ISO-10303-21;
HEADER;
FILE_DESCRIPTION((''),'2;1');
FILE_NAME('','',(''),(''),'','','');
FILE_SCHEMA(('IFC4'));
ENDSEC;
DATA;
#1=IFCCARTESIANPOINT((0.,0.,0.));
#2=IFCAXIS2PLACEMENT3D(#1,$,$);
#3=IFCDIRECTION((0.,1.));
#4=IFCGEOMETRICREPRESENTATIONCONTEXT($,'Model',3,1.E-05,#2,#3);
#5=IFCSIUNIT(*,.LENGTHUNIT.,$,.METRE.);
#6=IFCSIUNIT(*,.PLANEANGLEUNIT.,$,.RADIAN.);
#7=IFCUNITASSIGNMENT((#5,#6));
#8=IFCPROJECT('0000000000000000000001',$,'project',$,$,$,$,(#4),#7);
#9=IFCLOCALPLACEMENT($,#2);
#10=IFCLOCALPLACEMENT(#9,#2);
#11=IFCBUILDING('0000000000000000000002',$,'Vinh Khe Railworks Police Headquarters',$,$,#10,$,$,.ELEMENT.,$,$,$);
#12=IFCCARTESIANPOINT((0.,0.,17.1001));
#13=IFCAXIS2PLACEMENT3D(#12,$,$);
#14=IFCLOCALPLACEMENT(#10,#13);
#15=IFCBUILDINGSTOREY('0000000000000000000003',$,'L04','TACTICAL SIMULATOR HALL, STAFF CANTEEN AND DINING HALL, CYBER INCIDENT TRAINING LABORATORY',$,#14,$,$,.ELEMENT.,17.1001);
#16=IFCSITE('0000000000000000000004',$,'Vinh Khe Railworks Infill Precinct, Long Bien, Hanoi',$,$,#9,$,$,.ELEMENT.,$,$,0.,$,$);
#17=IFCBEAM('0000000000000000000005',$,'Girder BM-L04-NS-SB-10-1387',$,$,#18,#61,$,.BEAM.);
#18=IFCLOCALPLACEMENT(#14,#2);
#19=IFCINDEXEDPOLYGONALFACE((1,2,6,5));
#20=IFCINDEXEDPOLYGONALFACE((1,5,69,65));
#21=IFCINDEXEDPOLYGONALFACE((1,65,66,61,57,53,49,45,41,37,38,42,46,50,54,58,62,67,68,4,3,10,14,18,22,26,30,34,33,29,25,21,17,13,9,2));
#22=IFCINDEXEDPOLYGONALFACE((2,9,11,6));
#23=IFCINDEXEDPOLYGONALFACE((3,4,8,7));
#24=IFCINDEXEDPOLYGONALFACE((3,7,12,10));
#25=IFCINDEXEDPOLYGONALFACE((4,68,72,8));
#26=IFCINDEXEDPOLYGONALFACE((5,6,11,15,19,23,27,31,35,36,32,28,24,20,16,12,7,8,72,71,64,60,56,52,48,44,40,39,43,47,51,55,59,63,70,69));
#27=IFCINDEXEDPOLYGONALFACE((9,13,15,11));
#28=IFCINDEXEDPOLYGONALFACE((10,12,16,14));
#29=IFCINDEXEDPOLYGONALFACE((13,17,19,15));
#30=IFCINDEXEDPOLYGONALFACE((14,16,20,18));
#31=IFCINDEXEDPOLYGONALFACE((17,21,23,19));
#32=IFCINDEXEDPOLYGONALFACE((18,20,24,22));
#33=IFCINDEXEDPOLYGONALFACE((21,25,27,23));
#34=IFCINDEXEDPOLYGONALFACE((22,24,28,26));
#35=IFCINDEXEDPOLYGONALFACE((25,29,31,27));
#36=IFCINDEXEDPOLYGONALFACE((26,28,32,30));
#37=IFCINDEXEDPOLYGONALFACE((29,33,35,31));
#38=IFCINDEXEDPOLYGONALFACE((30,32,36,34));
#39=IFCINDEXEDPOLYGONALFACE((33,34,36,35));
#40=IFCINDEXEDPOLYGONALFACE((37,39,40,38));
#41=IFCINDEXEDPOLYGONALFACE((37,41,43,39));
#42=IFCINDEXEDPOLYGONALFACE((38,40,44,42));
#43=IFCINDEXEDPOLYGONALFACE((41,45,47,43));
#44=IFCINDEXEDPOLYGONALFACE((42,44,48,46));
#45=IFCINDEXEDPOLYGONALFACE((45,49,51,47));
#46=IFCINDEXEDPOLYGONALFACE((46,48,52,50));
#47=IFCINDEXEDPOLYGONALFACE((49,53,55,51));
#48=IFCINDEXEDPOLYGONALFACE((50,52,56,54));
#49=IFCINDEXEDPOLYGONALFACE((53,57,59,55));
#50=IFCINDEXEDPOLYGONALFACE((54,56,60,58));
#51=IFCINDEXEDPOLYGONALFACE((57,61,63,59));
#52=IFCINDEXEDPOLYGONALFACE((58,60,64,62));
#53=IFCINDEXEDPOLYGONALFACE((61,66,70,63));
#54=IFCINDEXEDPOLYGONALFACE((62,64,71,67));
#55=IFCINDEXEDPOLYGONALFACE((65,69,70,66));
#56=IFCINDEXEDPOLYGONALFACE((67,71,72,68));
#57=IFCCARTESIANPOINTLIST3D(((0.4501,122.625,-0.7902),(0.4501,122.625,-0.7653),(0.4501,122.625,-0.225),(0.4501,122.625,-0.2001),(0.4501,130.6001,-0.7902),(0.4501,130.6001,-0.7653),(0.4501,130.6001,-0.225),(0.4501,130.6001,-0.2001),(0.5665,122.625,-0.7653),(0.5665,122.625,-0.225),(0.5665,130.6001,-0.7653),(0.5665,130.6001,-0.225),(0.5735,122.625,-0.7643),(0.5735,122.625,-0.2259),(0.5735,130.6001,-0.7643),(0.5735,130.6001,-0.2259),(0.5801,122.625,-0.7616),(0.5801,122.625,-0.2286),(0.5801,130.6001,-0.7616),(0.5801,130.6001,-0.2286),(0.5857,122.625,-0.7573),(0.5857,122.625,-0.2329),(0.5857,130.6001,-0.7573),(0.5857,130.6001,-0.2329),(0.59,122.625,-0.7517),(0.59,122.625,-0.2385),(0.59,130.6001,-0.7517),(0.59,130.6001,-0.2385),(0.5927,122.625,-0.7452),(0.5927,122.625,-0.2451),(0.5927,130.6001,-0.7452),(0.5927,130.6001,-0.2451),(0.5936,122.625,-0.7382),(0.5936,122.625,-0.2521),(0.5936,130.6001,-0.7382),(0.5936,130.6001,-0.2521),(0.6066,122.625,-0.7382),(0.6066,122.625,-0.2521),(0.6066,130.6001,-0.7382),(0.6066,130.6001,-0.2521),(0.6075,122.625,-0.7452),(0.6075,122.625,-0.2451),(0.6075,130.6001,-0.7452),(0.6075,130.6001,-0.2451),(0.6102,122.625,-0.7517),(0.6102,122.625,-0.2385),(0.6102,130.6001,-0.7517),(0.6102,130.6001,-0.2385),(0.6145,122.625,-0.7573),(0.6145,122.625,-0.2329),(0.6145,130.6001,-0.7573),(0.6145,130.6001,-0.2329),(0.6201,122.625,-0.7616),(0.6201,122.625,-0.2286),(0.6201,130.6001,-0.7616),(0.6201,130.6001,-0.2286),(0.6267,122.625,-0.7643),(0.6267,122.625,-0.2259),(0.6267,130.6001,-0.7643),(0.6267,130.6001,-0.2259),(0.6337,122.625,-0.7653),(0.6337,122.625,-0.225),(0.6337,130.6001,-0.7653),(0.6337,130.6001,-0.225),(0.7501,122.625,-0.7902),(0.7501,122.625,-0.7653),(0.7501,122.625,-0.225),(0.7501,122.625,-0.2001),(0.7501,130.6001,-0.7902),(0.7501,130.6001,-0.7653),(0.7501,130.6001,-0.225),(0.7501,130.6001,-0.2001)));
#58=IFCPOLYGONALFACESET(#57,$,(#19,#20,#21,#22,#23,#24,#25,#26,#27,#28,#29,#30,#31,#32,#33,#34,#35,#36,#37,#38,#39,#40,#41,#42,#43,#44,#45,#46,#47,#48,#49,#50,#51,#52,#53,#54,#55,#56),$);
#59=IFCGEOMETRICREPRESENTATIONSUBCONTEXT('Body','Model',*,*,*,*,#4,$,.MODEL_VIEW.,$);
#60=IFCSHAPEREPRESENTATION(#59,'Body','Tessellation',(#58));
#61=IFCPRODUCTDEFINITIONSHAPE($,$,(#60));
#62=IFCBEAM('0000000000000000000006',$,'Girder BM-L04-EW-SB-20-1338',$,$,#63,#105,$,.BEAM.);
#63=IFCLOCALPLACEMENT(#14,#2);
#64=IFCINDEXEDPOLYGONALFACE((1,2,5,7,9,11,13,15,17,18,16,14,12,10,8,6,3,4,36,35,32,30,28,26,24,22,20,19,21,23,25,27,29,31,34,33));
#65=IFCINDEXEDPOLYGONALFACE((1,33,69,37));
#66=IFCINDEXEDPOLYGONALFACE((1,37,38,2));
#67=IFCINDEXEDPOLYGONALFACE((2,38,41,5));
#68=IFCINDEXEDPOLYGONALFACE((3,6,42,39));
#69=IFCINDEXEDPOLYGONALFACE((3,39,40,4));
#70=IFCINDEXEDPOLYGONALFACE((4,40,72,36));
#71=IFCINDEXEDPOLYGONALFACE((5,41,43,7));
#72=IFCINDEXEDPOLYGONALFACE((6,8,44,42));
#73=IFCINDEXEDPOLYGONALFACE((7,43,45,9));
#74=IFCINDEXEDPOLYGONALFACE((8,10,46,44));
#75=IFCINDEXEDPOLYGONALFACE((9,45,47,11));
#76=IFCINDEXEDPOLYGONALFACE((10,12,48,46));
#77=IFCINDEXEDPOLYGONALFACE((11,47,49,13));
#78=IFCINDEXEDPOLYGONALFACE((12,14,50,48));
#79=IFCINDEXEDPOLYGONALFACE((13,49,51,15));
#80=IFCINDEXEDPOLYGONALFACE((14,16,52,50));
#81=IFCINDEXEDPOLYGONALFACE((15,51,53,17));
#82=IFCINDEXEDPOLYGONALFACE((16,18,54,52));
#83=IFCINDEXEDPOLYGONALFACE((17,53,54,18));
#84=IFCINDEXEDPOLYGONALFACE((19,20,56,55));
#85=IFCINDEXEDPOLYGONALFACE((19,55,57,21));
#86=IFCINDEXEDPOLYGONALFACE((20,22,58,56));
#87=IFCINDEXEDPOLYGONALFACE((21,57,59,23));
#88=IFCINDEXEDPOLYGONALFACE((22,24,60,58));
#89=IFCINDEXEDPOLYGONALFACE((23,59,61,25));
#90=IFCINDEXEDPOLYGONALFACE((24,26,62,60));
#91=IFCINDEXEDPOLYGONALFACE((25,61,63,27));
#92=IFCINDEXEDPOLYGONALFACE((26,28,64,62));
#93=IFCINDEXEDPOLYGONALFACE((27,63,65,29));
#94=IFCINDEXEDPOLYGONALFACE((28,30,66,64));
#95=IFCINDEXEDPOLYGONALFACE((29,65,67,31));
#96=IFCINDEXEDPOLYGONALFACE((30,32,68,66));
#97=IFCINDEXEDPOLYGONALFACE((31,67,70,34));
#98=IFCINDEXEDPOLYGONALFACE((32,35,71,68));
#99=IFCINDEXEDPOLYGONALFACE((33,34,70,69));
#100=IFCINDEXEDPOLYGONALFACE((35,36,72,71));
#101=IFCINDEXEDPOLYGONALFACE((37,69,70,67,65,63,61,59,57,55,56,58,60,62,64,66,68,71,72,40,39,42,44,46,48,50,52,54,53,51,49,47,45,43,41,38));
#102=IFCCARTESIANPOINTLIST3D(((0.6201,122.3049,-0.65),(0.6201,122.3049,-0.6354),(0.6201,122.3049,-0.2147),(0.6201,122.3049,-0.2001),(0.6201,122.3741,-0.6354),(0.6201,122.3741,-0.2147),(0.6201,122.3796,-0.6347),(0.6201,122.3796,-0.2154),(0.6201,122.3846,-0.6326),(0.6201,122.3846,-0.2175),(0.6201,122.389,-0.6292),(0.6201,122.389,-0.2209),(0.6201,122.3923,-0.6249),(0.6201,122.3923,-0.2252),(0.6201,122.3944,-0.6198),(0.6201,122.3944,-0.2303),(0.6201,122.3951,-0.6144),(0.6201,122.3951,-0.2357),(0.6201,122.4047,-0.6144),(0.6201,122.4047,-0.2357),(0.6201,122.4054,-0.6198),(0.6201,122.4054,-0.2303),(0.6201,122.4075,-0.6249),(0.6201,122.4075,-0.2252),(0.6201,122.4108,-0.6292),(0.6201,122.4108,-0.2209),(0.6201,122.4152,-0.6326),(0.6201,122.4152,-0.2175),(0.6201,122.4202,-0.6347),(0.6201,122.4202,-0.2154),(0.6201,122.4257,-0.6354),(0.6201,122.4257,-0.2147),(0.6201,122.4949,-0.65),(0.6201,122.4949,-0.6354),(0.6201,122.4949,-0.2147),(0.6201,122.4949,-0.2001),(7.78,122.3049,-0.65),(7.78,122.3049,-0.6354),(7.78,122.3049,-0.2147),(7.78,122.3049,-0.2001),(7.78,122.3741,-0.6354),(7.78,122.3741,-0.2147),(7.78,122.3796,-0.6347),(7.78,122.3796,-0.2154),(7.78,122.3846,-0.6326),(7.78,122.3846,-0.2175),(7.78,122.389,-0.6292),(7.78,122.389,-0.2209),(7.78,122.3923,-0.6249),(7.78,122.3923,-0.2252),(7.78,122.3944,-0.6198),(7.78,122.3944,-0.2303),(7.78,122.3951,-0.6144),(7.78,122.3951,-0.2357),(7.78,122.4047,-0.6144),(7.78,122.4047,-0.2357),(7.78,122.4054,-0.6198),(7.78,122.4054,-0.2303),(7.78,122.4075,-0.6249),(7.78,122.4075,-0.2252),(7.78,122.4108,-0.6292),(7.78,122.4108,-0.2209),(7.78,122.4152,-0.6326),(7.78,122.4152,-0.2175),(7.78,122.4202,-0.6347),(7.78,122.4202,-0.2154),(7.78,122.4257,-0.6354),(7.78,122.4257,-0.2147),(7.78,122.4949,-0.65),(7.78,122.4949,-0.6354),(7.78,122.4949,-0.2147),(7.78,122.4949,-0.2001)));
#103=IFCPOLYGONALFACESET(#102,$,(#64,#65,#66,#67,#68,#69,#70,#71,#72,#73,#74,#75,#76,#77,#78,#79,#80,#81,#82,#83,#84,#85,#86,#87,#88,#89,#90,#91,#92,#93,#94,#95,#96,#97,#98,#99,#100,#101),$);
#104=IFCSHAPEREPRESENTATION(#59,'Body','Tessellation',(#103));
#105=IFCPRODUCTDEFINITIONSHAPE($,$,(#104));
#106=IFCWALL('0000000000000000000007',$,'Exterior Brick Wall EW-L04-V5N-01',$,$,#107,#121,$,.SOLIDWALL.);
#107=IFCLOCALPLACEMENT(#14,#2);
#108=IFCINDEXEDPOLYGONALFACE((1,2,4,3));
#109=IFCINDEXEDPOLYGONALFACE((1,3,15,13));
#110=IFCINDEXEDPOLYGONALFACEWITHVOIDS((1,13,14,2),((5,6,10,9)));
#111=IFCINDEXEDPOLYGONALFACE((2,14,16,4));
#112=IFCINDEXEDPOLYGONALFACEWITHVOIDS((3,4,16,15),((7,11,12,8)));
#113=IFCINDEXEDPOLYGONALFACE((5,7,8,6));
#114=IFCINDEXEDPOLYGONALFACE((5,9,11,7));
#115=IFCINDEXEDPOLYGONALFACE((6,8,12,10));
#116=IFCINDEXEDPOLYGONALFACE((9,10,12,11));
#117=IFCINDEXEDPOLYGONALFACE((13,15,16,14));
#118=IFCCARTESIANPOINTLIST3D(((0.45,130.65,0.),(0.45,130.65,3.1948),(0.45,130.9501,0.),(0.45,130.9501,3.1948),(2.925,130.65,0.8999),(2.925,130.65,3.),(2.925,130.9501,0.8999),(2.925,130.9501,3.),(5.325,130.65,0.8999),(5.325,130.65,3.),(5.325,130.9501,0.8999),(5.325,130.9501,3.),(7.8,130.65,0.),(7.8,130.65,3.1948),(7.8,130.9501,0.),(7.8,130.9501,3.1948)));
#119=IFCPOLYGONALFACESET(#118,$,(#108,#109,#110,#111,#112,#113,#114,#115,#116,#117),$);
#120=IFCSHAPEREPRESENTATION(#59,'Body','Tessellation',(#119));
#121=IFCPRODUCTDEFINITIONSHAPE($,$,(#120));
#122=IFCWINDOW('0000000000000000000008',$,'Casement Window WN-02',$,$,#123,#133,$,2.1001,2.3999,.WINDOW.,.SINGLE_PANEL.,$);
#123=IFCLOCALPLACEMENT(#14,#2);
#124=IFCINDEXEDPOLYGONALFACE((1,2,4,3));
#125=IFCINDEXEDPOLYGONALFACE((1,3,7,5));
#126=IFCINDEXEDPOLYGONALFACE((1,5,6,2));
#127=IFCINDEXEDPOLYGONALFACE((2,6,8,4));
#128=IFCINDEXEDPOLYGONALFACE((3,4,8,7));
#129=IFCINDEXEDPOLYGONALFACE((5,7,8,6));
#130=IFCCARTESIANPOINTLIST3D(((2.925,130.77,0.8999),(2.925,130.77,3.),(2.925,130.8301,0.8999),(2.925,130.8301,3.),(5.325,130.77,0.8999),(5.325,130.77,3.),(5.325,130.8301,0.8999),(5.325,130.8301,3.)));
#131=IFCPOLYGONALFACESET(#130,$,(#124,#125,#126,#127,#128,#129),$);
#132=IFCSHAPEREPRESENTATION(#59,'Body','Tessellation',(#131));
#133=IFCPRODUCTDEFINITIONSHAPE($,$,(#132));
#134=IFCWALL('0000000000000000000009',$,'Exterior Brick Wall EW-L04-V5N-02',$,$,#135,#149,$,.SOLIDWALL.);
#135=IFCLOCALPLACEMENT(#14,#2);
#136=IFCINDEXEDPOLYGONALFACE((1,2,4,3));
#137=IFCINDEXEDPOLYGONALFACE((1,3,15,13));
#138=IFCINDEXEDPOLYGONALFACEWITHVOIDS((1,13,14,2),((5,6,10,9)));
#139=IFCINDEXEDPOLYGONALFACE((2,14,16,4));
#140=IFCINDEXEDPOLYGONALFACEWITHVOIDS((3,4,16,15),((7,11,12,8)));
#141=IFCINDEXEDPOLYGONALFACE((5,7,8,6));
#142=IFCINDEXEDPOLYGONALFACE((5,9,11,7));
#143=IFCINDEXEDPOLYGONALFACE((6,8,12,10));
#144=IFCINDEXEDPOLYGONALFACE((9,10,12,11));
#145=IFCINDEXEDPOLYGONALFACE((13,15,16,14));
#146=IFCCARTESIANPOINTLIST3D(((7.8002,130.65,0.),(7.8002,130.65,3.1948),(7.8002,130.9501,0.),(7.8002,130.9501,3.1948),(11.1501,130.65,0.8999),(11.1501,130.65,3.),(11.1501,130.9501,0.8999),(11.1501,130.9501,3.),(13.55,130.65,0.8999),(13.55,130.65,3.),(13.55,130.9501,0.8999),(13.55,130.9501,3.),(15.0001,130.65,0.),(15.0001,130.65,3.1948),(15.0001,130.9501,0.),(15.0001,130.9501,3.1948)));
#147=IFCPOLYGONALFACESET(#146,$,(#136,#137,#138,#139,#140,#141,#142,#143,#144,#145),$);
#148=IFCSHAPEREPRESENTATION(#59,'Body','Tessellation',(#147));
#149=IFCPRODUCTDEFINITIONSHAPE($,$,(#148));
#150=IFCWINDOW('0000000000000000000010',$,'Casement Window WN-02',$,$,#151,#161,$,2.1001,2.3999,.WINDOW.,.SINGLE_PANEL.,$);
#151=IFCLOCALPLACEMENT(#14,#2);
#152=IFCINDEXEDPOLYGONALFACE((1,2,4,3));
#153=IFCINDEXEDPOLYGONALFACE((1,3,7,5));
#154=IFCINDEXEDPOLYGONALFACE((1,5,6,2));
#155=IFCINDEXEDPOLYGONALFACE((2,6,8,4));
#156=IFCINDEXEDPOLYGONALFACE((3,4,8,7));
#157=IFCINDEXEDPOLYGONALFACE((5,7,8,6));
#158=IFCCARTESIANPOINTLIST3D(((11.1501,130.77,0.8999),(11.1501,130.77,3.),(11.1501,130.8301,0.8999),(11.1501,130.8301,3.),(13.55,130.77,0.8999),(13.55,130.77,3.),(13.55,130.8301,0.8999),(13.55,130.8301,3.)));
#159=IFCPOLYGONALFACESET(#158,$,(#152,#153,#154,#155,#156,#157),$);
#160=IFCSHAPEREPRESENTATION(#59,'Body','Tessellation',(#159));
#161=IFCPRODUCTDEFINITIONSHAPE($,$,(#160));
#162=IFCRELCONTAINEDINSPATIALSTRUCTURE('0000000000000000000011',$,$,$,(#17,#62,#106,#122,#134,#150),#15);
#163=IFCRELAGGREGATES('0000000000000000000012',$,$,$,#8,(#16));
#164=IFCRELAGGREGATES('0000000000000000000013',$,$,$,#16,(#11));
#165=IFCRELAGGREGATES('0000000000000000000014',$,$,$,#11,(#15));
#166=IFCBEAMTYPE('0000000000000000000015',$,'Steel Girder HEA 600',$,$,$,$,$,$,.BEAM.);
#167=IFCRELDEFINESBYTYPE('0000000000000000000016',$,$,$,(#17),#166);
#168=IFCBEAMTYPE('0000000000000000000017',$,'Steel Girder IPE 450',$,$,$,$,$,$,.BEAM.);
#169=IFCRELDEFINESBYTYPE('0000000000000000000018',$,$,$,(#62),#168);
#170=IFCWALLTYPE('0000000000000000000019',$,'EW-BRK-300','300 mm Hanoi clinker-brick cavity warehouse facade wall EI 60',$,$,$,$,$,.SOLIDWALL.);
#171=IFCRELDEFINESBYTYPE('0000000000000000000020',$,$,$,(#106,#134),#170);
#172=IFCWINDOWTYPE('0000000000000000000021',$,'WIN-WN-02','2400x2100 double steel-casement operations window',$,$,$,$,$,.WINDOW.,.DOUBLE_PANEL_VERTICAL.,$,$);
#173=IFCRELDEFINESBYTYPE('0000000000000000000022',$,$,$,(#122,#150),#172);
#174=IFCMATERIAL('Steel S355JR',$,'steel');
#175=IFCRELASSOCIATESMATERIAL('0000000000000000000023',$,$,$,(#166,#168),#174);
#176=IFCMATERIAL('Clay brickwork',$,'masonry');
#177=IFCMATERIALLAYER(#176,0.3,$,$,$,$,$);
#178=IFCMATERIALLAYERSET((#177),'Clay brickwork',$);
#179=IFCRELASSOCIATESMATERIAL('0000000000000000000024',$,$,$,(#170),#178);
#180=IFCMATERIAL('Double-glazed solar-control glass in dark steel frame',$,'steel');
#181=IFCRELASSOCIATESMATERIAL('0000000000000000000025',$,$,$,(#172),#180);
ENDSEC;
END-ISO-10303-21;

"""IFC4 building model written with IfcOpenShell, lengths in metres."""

from ifc_helpers import new_model, si_unit, direction, frame, frame_2d, origin, origin_2d, place, context, subcontext, project, spatial, rectangle, i_section, extrude, material, layer, layer_set, material_profile, profile_set, type_object, element, fill, save


model = new_model("IFC4")

# Units and contexts
model_context = context("Model", 3, precision=1e-05, world=origin(), true_north=direction((0.0, 1.0)))
body_context = subcontext(model_context, "Body", "Model", "MODEL_VIEW")
ifc_project = project(units=[si_unit("LENGTHUNIT", "METRE"), si_unit("PLANEANGLEUNIT", "RADIAN")], contexts=[model_context])

# Site, building, storey
site_placement = place(None, origin())
site = spatial("IfcSite", under=ifc_project, at=site_placement, Name="Vinh Khe Railworks Infill Precinct, Long Bien, Hanoi", CompositionType="ELEMENT", RefElevation=0.0)
building_placement = place(site_placement, origin())
building = spatial("IfcBuilding", under=site, at=building_placement, Name="Vinh Khe Railworks Police Headquarters", CompositionType="ELEMENT")
storey_placement = place(building_placement, frame((0.0, 0.0, 17.1001)))
storey = spatial("IfcBuildingStorey", under=building, at=storey_placement, Name="L04", Description="TACTICAL SIMULATOR HALL, STAFF CANTEEN AND DINING HALL, CYBER INCIDENT TRAINING LABORATORY", CompositionType="ELEMENT", Elevation=17.1001)

# Shared definitions
ifc_material_1 = material(Name="Steel S355JR", Category="steel")

# Beams
ifc_material_profile_1 = material_profile(ifc_material_1, i_section(OverallWidth=0.3, OverallDepth=0.5901, WebThickness=0.0129, FlangeThickness=0.0249, FilletRadius=0.0271, at=origin_2d()), Name="HEA 600")
ifc_profile_set_1 = profile_set([ifc_material_profile_1], Name="Steel S355JR")
beam_type_1 = type_object("IfcBeamType", Name="Steel Girder HEA 600", PredefinedType="BEAM", material=ifc_profile_set_1)
beam_1_placement = place(storey_placement, frame((0.6001, 122.625, -0.4951), z_axis=(0.0, 1.0, 0.0), x_axis=(-1.0, 0.0, 0.0)))
element("IfcBeam", 1, at=beam_1_placement, inside=storey, type_object=beam_type_1, Name="Girder BM-L04-NS-SB-10-1387", PredefinedType="BEAM", context=body_context, shape_type="SweptSolid", body=[
    extrude(i_section(OverallWidth=0.3, OverallDepth=0.5901, WebThickness=0.0129, FlangeThickness=0.0249, FilletRadius=0.0271, at=origin_2d()), origin(), (0.0, 0.0, 1.0), 7.9751),
])
ifc_material_profile_2 = material_profile(ifc_material_1, i_section(OverallWidth=0.1899, OverallDepth=0.45, WebThickness=0.0095, FlangeThickness=0.0146, FilletRadius=0.021, at=origin_2d()), Name="IPE 450")
ifc_profile_set_2 = profile_set([ifc_material_profile_2], Name="Steel S355JR")
beam_type_2 = type_object("IfcBeamType", Name="Steel Girder IPE 450", PredefinedType="BEAM", material=ifc_profile_set_2)
beam_2_placement = place(storey_placement, frame((0.6201, 122.3999, -0.425), z_axis=(1.0, 0.0, 0.0), x_axis=(0.0, 1.0, 0.0)))
element("IfcBeam", 2, at=beam_2_placement, inside=storey, type_object=beam_type_2, Name="Girder BM-L04-EW-SB-20-1338", PredefinedType="BEAM", context=body_context, shape_type="SweptSolid", body=[
    extrude(i_section(OverallWidth=0.1899, OverallDepth=0.45, WebThickness=0.0095, FlangeThickness=0.0146, FilletRadius=0.021, at=origin_2d()), origin(), (0.0, 0.0, 1.0), 7.1599),
])

# Walls, openings, windows
ifc_material_2 = material(Name="Clay brickwork", Category="masonry")
ifc_layer_1 = layer(ifc_material_2, 0.3)
ifc_layer_set_1 = layer_set([ifc_layer_1], Name="Clay brickwork")
wall_type_1 = type_object("IfcWallType", Name="EW-BRK-300", Description="300 mm Hanoi clinker-brick cavity warehouse facade wall EI 60", PredefinedType="SOLIDWALL", material=ifc_layer_set_1)
wall_1_placement = place(storey_placement, frame((0.45, 130.8, 0.0), z_axis=(0.0, 0.0, 1.0), x_axis=(1.0, 0.0, 0.0)))
wall_1 = element("IfcWall", 3, at=wall_1_placement, inside=storey, type_object=wall_type_1, Name="Exterior Brick Wall EW-L04-V5N-01", PredefinedType="SOLIDWALL", context=body_context, shape_type="SweptSolid", body=[
    extrude(rectangle(XDim=7.3501, YDim=0.3, at=frame_2d((3.675, 0.0))), origin(), (0.0, 0.0, 1.0), 3.1948),
])
opening_1_placement = place(wall_1_placement, frame((2.4751, 0.0, 0.8999)))
opening_1 = element("IfcOpeningElement", 4, at=opening_1_placement, cuts=wall_1, PredefinedType="OPENING", context=body_context, shape_type="SweptSolid", body=[
    extrude(rectangle(XDim=2.3999, YDim=2.1001, at=frame_2d((1.2, 1.05))), frame((0.0, 0.165, 0.0), z_axis=(0.0, -1.0, 0.0), x_axis=(1.0, 0.0, 0.0)), (0.0, 0.0, 1.0), 0.3298),
])
ifc_material_3 = material(Name="Double-glazed solar-control glass in dark steel frame", Category="steel")
window_type_1 = type_object("IfcWindowType", Name="WIN-WN-02", Description="2400x2100 double steel-casement operations window", PartitioningType="DOUBLE_PANEL_VERTICAL", PredefinedType="WINDOW", material=ifc_material_3)
window_1_placement = place(opening_1_placement, origin())
window_1 = element("IfcWindow", 5, at=window_1_placement, inside=storey, type_object=window_type_1, Name="Casement Window WN-02", OverallHeight=2.1001, OverallWidth=2.3999, PartitioningType="SINGLE_PANEL", PredefinedType="WINDOW", context=body_context, shape_type="SweptSolid", body=[
    extrude(rectangle(XDim=2.3999, YDim=2.1001, at=frame_2d((1.2, 1.05))), frame((0.0, 0.03, 0.0), z_axis=(0.0, -1.0, 0.0), x_axis=(1.0, 0.0, 0.0)), (0.0, 0.0, 1.0), 0.0601),
])
fill(opening_1, window_1)
wall_2_placement = place(storey_placement, frame((7.8, 130.8, 0.0), z_axis=(0.0, 0.0, 1.0), x_axis=(1.0, 0.0, 0.0)))
wall_2 = element("IfcWall", 6, at=wall_2_placement, inside=storey, type_object=wall_type_1, Name="Exterior Brick Wall EW-L04-V5N-02", PredefinedType="SOLIDWALL", context=body_context, shape_type="SweptSolid", body=[
    extrude(rectangle(XDim=7.2, YDim=0.3, at=frame_2d((3.6001, 0.0))), origin(), (0.0, 0.0, 1.0), 3.1948),
])
opening_2_placement = place(wall_2_placement, frame((3.3501, 0.0, 0.8999)))
opening_2 = element("IfcOpeningElement", 7, at=opening_2_placement, cuts=wall_2, PredefinedType="OPENING", context=body_context, shape_type="SweptSolid", body=[
    extrude(rectangle(XDim=2.3999, YDim=2.1001, at=frame_2d((1.2, 1.05))), frame((0.0, 0.165, 0.0), z_axis=(0.0, -1.0, 0.0), x_axis=(1.0, 0.0, 0.0)), (0.0, 0.0, 1.0), 0.3298),
])
window_2_placement = place(opening_2_placement, origin())
window_2 = element("IfcWindow", 8, at=window_2_placement, inside=storey, type_object=window_type_1, Name="Casement Window WN-02", OverallHeight=2.1001, OverallWidth=2.3999, PartitioningType="SINGLE_PANEL", PredefinedType="WINDOW", context=body_context, shape_type="SweptSolid", body=[
    extrude(rectangle(XDim=2.3999, YDim=2.1001, at=frame_2d((1.2, 1.05))), frame((0.0, 0.03, 0.0), z_axis=(0.0, -1.0, 0.0), x_axis=(1.0, 0.0, 0.0)), (0.0, 0.0, 1.0), 0.0601),
])
fill(opening_2, window_2)

save(model, "model.ifc")
